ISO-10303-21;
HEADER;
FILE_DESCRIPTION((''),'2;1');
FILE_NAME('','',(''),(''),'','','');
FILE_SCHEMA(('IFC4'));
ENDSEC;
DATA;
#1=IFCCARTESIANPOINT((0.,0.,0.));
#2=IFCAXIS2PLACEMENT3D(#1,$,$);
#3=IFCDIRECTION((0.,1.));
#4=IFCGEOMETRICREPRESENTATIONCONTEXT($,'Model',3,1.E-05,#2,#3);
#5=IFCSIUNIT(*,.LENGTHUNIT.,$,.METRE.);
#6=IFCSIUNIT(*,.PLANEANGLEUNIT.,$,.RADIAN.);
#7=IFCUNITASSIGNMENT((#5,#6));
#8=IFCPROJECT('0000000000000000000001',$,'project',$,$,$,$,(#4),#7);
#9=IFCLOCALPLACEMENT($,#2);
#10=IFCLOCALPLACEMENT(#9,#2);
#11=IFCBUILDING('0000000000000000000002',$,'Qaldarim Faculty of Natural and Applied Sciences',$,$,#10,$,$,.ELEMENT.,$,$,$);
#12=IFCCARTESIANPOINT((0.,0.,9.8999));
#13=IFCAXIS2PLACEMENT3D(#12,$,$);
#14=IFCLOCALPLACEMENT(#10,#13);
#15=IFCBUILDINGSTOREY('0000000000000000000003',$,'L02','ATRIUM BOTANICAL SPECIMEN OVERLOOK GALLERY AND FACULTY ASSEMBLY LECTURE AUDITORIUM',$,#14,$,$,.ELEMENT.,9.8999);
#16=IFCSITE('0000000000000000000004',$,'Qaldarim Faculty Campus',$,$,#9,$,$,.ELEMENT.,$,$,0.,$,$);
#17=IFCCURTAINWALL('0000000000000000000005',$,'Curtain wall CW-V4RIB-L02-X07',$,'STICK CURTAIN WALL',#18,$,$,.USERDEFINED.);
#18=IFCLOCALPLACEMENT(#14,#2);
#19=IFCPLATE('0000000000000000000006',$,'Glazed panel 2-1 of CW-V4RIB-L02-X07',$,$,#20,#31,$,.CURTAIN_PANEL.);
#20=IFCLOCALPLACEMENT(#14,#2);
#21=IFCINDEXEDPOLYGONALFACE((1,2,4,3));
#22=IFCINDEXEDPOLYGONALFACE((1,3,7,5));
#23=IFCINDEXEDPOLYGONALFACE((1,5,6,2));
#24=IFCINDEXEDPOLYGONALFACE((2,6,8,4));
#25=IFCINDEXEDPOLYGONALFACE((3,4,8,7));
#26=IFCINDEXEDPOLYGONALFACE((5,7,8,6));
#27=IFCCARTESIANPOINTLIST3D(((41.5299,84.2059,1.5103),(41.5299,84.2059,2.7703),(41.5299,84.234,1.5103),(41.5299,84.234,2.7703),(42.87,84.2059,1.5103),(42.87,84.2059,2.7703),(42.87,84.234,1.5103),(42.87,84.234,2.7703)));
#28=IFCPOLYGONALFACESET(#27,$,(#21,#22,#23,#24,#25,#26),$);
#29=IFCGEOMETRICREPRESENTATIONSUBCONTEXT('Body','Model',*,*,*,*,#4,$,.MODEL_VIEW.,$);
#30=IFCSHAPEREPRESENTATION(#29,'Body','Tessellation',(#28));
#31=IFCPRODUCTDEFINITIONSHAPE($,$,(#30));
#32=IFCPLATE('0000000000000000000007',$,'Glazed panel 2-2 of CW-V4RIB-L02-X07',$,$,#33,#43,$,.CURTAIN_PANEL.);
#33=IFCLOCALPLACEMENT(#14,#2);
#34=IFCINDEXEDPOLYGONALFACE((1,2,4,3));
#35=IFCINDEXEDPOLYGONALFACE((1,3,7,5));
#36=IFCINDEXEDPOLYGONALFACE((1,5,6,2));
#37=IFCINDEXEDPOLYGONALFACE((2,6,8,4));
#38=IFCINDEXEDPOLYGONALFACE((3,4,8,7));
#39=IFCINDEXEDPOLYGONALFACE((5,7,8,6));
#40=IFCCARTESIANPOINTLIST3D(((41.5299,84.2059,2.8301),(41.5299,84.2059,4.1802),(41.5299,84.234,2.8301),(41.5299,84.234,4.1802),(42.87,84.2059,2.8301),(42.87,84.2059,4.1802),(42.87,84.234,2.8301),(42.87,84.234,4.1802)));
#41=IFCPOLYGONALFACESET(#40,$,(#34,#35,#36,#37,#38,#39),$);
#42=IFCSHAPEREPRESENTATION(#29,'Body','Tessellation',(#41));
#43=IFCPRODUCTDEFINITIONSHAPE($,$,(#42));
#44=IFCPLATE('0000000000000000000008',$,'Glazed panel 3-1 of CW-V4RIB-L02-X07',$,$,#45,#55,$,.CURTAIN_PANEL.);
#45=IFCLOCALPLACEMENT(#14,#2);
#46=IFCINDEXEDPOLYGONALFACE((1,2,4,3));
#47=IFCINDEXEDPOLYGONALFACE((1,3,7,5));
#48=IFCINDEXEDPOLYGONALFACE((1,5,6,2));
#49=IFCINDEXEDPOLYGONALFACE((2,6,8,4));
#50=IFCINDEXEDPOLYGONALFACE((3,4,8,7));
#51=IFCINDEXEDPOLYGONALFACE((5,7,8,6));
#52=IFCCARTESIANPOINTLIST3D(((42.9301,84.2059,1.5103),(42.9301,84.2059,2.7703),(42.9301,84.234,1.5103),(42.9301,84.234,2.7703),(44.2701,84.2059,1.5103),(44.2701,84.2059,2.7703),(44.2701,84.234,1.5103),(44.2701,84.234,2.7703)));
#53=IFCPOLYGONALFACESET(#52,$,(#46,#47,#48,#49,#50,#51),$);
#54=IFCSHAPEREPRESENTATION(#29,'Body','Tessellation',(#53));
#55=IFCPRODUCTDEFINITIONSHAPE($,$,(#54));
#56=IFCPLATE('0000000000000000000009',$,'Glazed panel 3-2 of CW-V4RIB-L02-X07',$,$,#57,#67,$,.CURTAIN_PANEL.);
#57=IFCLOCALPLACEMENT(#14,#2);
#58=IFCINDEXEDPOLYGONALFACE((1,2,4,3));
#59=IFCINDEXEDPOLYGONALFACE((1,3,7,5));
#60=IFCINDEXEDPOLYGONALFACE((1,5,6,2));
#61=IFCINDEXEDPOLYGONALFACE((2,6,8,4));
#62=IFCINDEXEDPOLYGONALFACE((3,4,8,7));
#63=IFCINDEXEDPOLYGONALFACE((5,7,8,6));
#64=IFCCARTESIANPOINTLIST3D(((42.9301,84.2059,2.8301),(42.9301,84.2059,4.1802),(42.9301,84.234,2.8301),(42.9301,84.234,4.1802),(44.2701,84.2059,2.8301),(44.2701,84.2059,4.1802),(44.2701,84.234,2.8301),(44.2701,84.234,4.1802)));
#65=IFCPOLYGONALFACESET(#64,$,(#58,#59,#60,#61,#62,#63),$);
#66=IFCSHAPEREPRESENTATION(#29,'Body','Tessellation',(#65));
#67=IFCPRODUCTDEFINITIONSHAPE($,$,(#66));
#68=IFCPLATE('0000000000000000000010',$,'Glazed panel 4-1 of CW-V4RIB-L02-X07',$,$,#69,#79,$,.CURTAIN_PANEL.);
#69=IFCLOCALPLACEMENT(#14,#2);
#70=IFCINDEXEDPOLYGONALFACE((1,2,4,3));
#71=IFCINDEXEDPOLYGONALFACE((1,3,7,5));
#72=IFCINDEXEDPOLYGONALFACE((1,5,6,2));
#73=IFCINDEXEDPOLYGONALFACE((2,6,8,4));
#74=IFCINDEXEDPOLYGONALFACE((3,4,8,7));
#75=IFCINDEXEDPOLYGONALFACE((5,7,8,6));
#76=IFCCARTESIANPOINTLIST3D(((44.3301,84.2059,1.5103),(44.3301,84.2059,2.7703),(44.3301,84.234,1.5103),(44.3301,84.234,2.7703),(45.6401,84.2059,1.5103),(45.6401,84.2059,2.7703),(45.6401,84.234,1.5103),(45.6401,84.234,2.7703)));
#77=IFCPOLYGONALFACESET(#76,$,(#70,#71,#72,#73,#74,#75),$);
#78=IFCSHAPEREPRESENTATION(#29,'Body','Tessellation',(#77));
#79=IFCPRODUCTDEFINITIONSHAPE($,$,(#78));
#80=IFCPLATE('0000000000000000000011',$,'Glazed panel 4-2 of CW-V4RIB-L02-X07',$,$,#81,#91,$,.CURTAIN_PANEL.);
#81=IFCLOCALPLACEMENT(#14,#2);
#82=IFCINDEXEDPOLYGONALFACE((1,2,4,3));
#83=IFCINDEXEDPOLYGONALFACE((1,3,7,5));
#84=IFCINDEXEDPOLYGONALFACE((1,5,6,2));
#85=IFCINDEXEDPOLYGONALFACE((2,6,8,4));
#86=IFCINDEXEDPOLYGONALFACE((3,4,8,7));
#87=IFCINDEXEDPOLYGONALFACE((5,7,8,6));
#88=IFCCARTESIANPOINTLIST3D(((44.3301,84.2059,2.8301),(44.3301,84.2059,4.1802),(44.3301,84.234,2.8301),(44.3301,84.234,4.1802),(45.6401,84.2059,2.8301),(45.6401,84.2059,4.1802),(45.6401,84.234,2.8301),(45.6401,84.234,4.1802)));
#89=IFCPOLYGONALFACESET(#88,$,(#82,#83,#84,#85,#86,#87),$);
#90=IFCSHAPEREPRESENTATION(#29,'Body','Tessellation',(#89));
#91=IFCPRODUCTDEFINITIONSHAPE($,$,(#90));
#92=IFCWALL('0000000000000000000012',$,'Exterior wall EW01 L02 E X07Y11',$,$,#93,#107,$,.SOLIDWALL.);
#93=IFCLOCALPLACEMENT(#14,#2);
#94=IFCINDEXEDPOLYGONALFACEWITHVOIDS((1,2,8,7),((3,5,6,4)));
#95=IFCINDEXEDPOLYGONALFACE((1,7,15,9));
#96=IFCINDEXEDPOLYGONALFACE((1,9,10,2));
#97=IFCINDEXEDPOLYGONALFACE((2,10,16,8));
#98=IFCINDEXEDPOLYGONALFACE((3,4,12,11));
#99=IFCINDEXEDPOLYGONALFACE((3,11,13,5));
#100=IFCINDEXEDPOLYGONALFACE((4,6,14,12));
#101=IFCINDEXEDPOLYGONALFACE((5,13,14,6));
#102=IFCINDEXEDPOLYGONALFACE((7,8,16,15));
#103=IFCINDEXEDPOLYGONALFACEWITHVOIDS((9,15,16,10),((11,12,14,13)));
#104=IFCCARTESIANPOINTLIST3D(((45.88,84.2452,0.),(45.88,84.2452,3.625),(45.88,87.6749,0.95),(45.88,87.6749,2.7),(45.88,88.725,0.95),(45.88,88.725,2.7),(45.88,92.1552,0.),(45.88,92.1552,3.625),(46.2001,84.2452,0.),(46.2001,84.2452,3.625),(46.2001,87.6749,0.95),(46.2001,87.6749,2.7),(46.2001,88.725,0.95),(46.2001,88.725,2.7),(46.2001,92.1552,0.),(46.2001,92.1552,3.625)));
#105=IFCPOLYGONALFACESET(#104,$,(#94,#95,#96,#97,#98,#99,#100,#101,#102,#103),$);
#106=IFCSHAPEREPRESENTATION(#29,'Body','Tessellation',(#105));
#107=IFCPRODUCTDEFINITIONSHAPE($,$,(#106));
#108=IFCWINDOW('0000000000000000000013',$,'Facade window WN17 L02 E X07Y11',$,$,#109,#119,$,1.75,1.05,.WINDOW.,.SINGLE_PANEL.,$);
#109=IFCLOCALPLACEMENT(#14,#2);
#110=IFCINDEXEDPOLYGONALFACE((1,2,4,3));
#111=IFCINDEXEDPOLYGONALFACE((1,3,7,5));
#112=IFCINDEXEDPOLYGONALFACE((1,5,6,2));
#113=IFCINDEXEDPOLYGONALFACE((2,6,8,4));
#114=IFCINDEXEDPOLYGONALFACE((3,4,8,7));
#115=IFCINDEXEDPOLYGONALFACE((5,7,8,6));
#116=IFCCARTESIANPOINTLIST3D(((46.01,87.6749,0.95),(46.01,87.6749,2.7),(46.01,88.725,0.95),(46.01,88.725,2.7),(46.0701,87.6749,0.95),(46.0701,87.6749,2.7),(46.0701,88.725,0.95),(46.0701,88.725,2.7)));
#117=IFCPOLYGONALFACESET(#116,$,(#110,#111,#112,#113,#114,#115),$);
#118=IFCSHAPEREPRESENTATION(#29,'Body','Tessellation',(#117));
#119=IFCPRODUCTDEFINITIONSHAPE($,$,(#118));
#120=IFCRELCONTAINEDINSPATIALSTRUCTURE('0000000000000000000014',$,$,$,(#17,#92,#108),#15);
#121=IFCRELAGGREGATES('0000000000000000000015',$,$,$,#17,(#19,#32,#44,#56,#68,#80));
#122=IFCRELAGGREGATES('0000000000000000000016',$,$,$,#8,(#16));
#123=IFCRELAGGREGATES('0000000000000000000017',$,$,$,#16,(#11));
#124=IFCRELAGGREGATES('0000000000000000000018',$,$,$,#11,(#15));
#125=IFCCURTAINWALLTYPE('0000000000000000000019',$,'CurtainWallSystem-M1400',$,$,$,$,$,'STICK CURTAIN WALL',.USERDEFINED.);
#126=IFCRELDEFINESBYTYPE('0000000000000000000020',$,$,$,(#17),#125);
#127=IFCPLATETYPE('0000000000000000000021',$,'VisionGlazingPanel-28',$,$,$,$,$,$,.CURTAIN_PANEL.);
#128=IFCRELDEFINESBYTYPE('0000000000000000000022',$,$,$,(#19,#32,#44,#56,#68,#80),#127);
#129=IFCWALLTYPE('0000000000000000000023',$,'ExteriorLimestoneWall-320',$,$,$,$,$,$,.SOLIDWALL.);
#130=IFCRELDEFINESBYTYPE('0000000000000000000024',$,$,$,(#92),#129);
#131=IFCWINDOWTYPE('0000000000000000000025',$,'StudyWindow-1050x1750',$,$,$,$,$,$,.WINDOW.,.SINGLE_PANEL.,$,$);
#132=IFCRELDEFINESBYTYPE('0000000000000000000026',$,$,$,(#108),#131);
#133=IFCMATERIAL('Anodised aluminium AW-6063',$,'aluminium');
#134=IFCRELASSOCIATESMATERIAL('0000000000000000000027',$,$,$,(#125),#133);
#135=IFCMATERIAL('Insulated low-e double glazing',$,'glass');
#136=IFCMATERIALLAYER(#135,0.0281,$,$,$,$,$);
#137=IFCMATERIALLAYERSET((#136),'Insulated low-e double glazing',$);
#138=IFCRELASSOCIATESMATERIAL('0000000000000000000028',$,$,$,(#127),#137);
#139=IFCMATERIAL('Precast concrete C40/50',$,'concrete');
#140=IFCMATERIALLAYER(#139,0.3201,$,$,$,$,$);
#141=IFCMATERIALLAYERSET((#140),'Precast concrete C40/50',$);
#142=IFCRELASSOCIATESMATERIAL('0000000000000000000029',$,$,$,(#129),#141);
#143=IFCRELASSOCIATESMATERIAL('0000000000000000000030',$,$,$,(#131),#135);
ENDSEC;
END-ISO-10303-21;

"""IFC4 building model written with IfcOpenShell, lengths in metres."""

from ifc_helpers import new_model, si_unit, direction, frame, frame_2d, origin, origin_2d, place, context, subcontext, project, spatial, rectangle, extrude, material, layer, layer_set, type_object, element, fill, aggregate, save


model = new_model("IFC4")

# Units and contexts
model_context = context("Model", 3, precision=1e-05, world=origin(), true_north=direction((0.0, 1.0)))
body_context = subcontext(model_context, "Body", "Model", "MODEL_VIEW")
ifc_project = project(units=[si_unit("LENGTHUNIT", "METRE"), si_unit("PLANEANGLEUNIT", "RADIAN")], contexts=[model_context])

# Site, building, storey
site_placement = place(None, origin())
site = spatial("IfcSite", under=ifc_project, at=site_placement, Name="Qaldarim Faculty Campus", CompositionType="ELEMENT", RefElevation=0.0)
building_placement = place(site_placement, origin())
building = spatial("IfcBuilding", under=site, at=building_placement, Name="Qaldarim Faculty of Natural and Applied Sciences", CompositionType="ELEMENT")
storey_placement = place(building_placement, frame((0.0, 0.0, 9.8999)))
storey = spatial("IfcBuildingStorey", under=building, at=storey_placement, Name="L02", Description="ATRIUM BOTANICAL SPECIMEN OVERLOOK GALLERY AND FACULTY ASSEMBLY LECTURE AUDITORIUM", CompositionType="ELEMENT", Elevation=9.8999)

# Curtain wall, plates
ifc_material_1 = material(Name="Anodised aluminium AW-6063", Category="aluminium")
curtain_wall_type = type_object("IfcCurtainWallType", Name="CurtainWallSystem-M1400", ElementType="STICK CURTAIN WALL", PredefinedType="USERDEFINED", material=ifc_material_1)
curtain_wall_placement = place(storey_placement, origin())
curtain_wall = element("IfcCurtainWall", 1, at=curtain_wall_placement, inside=storey, type_object=curtain_wall_type, Name="Curtain wall CW-V4RIB-L02-X07", ObjectType="STICK CURTAIN WALL", PredefinedType="USERDEFINED")
ifc_material_2 = material(Name="Insulated low-e double glazing", Category="glass")
ifc_layer_1 = layer(ifc_material_2, 0.0281)
ifc_layer_set_1 = layer_set([ifc_layer_1], Name="Insulated low-e double glazing")
plate_type = type_object("IfcPlateType", Name="VisionGlazingPanel-28", PredefinedType="CURTAIN_PANEL", material=ifc_layer_set_1)
plate_1_placement = place(storey_placement, frame((42.2, 84.22, 1.5103), z_axis=(0.0, 0.0, 1.0), x_axis=(1.0, 0.0, 0.0)))
plate_1 = element("IfcPlate", 2, at=plate_1_placement, type_object=plate_type, Name="Glazed panel 2-1 of CW-V4RIB-L02-X07", PredefinedType="CURTAIN_PANEL", context=body_context, shape_type="SweptSolid", body=[
    extrude(rectangle(XDim=1.3401, YDim=0.0281, at=origin_2d()), origin(), (0.0, 0.0, 1.0), 1.26),
])
plate_2_placement = place(storey_placement, frame((42.2, 84.22, 2.8301), z_axis=(0.0, 0.0, 1.0), x_axis=(1.0, 0.0, 0.0)))
plate_2 = element("IfcPlate", 3, at=plate_2_placement, type_object=plate_type, Name="Glazed panel 2-2 of CW-V4RIB-L02-X07", PredefinedType="CURTAIN_PANEL", context=body_context, shape_type="SweptSolid", body=[
    extrude(rectangle(XDim=1.3401, YDim=0.0281, at=origin_2d()), origin(), (0.0, 0.0, 1.0), 1.3501),
])
plate_3_placement = place(storey_placement, frame((43.6001, 84.22, 1.5103), z_axis=(0.0, 0.0, 1.0), x_axis=(1.0, 0.0, 0.0)))
plate_3 = element("IfcPlate", 4, at=plate_3_placement, type_object=plate_type, Name="Glazed panel 3-1 of CW-V4RIB-L02-X07", PredefinedType="CURTAIN_PANEL", context=body_context, shape_type="SweptSolid", body=[
    extrude(rectangle(XDim=1.3401, YDim=0.0281, at=origin_2d()), origin(), (0.0, 0.0, 1.0), 1.26),
])
plate_4_placement = place(storey_placement, frame((43.6001, 84.22, 2.8301), z_axis=(0.0, 0.0, 1.0), x_axis=(1.0, 0.0, 0.0)))
plate_4 = element("IfcPlate", 5, at=plate_4_placement, type_object=plate_type, Name="Glazed panel 3-2 of CW-V4RIB-L02-X07", PredefinedType="CURTAIN_PANEL", context=body_context, shape_type="SweptSolid", body=[
    extrude(rectangle(XDim=1.3401, YDim=0.0281, at=origin_2d()), origin(), (0.0, 0.0, 1.0), 1.3501),
])
plate_5_placement = place(storey_placement, frame((44.9851, 84.22, 1.5103), z_axis=(0.0, 0.0, 1.0), x_axis=(1.0, 0.0, 0.0)))
plate_5 = element("IfcPlate", 6, at=plate_5_placement, type_object=plate_type, Name="Glazed panel 4-1 of CW-V4RIB-L02-X07", PredefinedType="CURTAIN_PANEL", context=body_context, shape_type="SweptSolid", body=[
    extrude(rectangle(XDim=1.3101, YDim=0.0281, at=origin_2d()), origin(), (0.0, 0.0, 1.0), 1.26),
])
plate_6_placement = place(storey_placement, frame((44.9851, 84.22, 2.8301), z_axis=(0.0, 0.0, 1.0), x_axis=(1.0, 0.0, 0.0)))
plate_6 = element("IfcPlate", 7, at=plate_6_placement, type_object=plate_type, Name="Glazed panel 4-2 of CW-V4RIB-L02-X07", PredefinedType="CURTAIN_PANEL", context=body_context, shape_type="SweptSolid", body=[
    extrude(rectangle(XDim=1.3101, YDim=0.0281, at=origin_2d()), origin(), (0.0, 0.0, 1.0), 1.3501),
])
aggregate(curtain_wall, [plate_1, plate_2, plate_3, plate_4, plate_5, plate_6])

# Wall, opening, window
ifc_material_3 = material(Name="Precast concrete C40/50", Category="concrete")
ifc_layer_2 = layer(ifc_material_3, 0.3201)
ifc_layer_set_2 = layer_set([ifc_layer_2], Name="Precast concrete C40/50")
wall_type = type_object("IfcWallType", Name="ExteriorLimestoneWall-320", PredefinedType="SOLIDWALL", material=ifc_layer_set_2)
wall_placement = place(storey_placement, frame((46.04, 84.2451, 0.0), z_axis=(0.0, 0.0, 1.0), x_axis=(0.0, 1.0, 0.0)))
wall = element("IfcWall", 8, at=wall_placement, inside=storey, type_object=wall_type, Name="Exterior wall EW01 L02 E X07Y11", PredefinedType="SOLIDWALL", context=body_context, shape_type="SweptSolid", body=[
    extrude(rectangle(XDim=7.9099, YDim=0.3201, at=frame_2d((3.9551, 0.0))), origin(), (0.0, 0.0, 1.0), 3.625),
])
opening_placement = place(wall_placement, frame((3.4299, 0.0, 0.95)))
opening = element("IfcOpeningElement", 9, at=opening_placement, cuts=wall, PredefinedType="OPENING", context=body_context, shape_type="SweptSolid", body=[
    extrude(rectangle(XDim=1.05, YDim=1.75, at=frame_2d((0.5249, 0.875))), frame((0.0, 0.1699, 0.0), z_axis=(0.0, -1.0, 0.0), x_axis=(1.0, 0.0, 0.0)), (0.0, 0.0, 1.0), 0.3401),
])
window_type = type_object("IfcWindowType", Name="StudyWindow-1050x1750", PartitioningType="SINGLE_PANEL", PredefinedType="WINDOW", material=ifc_material_2)
window_placement = place(opening_placement, origin())
window = element("IfcWindow", 10, at=window_placement, inside=storey, type_object=window_type, Name="Facade window WN17 L02 E X07Y11", OverallHeight=1.75, OverallWidth=1.05, PartitioningType="SINGLE_PANEL", PredefinedType="WINDOW", context=body_context, shape_type="SweptSolid", body=[
    extrude(rectangle(XDim=1.05, YDim=1.75, at=frame_2d((0.5249, 0.875))), frame((0.0, 0.03, 0.0), z_axis=(0.0, -1.0, 0.0), x_axis=(1.0, 0.0, 0.0)), (0.0, 0.0, 1.0), 0.0601),
])
fill(opening, window)

save(model, "model.ifc")
